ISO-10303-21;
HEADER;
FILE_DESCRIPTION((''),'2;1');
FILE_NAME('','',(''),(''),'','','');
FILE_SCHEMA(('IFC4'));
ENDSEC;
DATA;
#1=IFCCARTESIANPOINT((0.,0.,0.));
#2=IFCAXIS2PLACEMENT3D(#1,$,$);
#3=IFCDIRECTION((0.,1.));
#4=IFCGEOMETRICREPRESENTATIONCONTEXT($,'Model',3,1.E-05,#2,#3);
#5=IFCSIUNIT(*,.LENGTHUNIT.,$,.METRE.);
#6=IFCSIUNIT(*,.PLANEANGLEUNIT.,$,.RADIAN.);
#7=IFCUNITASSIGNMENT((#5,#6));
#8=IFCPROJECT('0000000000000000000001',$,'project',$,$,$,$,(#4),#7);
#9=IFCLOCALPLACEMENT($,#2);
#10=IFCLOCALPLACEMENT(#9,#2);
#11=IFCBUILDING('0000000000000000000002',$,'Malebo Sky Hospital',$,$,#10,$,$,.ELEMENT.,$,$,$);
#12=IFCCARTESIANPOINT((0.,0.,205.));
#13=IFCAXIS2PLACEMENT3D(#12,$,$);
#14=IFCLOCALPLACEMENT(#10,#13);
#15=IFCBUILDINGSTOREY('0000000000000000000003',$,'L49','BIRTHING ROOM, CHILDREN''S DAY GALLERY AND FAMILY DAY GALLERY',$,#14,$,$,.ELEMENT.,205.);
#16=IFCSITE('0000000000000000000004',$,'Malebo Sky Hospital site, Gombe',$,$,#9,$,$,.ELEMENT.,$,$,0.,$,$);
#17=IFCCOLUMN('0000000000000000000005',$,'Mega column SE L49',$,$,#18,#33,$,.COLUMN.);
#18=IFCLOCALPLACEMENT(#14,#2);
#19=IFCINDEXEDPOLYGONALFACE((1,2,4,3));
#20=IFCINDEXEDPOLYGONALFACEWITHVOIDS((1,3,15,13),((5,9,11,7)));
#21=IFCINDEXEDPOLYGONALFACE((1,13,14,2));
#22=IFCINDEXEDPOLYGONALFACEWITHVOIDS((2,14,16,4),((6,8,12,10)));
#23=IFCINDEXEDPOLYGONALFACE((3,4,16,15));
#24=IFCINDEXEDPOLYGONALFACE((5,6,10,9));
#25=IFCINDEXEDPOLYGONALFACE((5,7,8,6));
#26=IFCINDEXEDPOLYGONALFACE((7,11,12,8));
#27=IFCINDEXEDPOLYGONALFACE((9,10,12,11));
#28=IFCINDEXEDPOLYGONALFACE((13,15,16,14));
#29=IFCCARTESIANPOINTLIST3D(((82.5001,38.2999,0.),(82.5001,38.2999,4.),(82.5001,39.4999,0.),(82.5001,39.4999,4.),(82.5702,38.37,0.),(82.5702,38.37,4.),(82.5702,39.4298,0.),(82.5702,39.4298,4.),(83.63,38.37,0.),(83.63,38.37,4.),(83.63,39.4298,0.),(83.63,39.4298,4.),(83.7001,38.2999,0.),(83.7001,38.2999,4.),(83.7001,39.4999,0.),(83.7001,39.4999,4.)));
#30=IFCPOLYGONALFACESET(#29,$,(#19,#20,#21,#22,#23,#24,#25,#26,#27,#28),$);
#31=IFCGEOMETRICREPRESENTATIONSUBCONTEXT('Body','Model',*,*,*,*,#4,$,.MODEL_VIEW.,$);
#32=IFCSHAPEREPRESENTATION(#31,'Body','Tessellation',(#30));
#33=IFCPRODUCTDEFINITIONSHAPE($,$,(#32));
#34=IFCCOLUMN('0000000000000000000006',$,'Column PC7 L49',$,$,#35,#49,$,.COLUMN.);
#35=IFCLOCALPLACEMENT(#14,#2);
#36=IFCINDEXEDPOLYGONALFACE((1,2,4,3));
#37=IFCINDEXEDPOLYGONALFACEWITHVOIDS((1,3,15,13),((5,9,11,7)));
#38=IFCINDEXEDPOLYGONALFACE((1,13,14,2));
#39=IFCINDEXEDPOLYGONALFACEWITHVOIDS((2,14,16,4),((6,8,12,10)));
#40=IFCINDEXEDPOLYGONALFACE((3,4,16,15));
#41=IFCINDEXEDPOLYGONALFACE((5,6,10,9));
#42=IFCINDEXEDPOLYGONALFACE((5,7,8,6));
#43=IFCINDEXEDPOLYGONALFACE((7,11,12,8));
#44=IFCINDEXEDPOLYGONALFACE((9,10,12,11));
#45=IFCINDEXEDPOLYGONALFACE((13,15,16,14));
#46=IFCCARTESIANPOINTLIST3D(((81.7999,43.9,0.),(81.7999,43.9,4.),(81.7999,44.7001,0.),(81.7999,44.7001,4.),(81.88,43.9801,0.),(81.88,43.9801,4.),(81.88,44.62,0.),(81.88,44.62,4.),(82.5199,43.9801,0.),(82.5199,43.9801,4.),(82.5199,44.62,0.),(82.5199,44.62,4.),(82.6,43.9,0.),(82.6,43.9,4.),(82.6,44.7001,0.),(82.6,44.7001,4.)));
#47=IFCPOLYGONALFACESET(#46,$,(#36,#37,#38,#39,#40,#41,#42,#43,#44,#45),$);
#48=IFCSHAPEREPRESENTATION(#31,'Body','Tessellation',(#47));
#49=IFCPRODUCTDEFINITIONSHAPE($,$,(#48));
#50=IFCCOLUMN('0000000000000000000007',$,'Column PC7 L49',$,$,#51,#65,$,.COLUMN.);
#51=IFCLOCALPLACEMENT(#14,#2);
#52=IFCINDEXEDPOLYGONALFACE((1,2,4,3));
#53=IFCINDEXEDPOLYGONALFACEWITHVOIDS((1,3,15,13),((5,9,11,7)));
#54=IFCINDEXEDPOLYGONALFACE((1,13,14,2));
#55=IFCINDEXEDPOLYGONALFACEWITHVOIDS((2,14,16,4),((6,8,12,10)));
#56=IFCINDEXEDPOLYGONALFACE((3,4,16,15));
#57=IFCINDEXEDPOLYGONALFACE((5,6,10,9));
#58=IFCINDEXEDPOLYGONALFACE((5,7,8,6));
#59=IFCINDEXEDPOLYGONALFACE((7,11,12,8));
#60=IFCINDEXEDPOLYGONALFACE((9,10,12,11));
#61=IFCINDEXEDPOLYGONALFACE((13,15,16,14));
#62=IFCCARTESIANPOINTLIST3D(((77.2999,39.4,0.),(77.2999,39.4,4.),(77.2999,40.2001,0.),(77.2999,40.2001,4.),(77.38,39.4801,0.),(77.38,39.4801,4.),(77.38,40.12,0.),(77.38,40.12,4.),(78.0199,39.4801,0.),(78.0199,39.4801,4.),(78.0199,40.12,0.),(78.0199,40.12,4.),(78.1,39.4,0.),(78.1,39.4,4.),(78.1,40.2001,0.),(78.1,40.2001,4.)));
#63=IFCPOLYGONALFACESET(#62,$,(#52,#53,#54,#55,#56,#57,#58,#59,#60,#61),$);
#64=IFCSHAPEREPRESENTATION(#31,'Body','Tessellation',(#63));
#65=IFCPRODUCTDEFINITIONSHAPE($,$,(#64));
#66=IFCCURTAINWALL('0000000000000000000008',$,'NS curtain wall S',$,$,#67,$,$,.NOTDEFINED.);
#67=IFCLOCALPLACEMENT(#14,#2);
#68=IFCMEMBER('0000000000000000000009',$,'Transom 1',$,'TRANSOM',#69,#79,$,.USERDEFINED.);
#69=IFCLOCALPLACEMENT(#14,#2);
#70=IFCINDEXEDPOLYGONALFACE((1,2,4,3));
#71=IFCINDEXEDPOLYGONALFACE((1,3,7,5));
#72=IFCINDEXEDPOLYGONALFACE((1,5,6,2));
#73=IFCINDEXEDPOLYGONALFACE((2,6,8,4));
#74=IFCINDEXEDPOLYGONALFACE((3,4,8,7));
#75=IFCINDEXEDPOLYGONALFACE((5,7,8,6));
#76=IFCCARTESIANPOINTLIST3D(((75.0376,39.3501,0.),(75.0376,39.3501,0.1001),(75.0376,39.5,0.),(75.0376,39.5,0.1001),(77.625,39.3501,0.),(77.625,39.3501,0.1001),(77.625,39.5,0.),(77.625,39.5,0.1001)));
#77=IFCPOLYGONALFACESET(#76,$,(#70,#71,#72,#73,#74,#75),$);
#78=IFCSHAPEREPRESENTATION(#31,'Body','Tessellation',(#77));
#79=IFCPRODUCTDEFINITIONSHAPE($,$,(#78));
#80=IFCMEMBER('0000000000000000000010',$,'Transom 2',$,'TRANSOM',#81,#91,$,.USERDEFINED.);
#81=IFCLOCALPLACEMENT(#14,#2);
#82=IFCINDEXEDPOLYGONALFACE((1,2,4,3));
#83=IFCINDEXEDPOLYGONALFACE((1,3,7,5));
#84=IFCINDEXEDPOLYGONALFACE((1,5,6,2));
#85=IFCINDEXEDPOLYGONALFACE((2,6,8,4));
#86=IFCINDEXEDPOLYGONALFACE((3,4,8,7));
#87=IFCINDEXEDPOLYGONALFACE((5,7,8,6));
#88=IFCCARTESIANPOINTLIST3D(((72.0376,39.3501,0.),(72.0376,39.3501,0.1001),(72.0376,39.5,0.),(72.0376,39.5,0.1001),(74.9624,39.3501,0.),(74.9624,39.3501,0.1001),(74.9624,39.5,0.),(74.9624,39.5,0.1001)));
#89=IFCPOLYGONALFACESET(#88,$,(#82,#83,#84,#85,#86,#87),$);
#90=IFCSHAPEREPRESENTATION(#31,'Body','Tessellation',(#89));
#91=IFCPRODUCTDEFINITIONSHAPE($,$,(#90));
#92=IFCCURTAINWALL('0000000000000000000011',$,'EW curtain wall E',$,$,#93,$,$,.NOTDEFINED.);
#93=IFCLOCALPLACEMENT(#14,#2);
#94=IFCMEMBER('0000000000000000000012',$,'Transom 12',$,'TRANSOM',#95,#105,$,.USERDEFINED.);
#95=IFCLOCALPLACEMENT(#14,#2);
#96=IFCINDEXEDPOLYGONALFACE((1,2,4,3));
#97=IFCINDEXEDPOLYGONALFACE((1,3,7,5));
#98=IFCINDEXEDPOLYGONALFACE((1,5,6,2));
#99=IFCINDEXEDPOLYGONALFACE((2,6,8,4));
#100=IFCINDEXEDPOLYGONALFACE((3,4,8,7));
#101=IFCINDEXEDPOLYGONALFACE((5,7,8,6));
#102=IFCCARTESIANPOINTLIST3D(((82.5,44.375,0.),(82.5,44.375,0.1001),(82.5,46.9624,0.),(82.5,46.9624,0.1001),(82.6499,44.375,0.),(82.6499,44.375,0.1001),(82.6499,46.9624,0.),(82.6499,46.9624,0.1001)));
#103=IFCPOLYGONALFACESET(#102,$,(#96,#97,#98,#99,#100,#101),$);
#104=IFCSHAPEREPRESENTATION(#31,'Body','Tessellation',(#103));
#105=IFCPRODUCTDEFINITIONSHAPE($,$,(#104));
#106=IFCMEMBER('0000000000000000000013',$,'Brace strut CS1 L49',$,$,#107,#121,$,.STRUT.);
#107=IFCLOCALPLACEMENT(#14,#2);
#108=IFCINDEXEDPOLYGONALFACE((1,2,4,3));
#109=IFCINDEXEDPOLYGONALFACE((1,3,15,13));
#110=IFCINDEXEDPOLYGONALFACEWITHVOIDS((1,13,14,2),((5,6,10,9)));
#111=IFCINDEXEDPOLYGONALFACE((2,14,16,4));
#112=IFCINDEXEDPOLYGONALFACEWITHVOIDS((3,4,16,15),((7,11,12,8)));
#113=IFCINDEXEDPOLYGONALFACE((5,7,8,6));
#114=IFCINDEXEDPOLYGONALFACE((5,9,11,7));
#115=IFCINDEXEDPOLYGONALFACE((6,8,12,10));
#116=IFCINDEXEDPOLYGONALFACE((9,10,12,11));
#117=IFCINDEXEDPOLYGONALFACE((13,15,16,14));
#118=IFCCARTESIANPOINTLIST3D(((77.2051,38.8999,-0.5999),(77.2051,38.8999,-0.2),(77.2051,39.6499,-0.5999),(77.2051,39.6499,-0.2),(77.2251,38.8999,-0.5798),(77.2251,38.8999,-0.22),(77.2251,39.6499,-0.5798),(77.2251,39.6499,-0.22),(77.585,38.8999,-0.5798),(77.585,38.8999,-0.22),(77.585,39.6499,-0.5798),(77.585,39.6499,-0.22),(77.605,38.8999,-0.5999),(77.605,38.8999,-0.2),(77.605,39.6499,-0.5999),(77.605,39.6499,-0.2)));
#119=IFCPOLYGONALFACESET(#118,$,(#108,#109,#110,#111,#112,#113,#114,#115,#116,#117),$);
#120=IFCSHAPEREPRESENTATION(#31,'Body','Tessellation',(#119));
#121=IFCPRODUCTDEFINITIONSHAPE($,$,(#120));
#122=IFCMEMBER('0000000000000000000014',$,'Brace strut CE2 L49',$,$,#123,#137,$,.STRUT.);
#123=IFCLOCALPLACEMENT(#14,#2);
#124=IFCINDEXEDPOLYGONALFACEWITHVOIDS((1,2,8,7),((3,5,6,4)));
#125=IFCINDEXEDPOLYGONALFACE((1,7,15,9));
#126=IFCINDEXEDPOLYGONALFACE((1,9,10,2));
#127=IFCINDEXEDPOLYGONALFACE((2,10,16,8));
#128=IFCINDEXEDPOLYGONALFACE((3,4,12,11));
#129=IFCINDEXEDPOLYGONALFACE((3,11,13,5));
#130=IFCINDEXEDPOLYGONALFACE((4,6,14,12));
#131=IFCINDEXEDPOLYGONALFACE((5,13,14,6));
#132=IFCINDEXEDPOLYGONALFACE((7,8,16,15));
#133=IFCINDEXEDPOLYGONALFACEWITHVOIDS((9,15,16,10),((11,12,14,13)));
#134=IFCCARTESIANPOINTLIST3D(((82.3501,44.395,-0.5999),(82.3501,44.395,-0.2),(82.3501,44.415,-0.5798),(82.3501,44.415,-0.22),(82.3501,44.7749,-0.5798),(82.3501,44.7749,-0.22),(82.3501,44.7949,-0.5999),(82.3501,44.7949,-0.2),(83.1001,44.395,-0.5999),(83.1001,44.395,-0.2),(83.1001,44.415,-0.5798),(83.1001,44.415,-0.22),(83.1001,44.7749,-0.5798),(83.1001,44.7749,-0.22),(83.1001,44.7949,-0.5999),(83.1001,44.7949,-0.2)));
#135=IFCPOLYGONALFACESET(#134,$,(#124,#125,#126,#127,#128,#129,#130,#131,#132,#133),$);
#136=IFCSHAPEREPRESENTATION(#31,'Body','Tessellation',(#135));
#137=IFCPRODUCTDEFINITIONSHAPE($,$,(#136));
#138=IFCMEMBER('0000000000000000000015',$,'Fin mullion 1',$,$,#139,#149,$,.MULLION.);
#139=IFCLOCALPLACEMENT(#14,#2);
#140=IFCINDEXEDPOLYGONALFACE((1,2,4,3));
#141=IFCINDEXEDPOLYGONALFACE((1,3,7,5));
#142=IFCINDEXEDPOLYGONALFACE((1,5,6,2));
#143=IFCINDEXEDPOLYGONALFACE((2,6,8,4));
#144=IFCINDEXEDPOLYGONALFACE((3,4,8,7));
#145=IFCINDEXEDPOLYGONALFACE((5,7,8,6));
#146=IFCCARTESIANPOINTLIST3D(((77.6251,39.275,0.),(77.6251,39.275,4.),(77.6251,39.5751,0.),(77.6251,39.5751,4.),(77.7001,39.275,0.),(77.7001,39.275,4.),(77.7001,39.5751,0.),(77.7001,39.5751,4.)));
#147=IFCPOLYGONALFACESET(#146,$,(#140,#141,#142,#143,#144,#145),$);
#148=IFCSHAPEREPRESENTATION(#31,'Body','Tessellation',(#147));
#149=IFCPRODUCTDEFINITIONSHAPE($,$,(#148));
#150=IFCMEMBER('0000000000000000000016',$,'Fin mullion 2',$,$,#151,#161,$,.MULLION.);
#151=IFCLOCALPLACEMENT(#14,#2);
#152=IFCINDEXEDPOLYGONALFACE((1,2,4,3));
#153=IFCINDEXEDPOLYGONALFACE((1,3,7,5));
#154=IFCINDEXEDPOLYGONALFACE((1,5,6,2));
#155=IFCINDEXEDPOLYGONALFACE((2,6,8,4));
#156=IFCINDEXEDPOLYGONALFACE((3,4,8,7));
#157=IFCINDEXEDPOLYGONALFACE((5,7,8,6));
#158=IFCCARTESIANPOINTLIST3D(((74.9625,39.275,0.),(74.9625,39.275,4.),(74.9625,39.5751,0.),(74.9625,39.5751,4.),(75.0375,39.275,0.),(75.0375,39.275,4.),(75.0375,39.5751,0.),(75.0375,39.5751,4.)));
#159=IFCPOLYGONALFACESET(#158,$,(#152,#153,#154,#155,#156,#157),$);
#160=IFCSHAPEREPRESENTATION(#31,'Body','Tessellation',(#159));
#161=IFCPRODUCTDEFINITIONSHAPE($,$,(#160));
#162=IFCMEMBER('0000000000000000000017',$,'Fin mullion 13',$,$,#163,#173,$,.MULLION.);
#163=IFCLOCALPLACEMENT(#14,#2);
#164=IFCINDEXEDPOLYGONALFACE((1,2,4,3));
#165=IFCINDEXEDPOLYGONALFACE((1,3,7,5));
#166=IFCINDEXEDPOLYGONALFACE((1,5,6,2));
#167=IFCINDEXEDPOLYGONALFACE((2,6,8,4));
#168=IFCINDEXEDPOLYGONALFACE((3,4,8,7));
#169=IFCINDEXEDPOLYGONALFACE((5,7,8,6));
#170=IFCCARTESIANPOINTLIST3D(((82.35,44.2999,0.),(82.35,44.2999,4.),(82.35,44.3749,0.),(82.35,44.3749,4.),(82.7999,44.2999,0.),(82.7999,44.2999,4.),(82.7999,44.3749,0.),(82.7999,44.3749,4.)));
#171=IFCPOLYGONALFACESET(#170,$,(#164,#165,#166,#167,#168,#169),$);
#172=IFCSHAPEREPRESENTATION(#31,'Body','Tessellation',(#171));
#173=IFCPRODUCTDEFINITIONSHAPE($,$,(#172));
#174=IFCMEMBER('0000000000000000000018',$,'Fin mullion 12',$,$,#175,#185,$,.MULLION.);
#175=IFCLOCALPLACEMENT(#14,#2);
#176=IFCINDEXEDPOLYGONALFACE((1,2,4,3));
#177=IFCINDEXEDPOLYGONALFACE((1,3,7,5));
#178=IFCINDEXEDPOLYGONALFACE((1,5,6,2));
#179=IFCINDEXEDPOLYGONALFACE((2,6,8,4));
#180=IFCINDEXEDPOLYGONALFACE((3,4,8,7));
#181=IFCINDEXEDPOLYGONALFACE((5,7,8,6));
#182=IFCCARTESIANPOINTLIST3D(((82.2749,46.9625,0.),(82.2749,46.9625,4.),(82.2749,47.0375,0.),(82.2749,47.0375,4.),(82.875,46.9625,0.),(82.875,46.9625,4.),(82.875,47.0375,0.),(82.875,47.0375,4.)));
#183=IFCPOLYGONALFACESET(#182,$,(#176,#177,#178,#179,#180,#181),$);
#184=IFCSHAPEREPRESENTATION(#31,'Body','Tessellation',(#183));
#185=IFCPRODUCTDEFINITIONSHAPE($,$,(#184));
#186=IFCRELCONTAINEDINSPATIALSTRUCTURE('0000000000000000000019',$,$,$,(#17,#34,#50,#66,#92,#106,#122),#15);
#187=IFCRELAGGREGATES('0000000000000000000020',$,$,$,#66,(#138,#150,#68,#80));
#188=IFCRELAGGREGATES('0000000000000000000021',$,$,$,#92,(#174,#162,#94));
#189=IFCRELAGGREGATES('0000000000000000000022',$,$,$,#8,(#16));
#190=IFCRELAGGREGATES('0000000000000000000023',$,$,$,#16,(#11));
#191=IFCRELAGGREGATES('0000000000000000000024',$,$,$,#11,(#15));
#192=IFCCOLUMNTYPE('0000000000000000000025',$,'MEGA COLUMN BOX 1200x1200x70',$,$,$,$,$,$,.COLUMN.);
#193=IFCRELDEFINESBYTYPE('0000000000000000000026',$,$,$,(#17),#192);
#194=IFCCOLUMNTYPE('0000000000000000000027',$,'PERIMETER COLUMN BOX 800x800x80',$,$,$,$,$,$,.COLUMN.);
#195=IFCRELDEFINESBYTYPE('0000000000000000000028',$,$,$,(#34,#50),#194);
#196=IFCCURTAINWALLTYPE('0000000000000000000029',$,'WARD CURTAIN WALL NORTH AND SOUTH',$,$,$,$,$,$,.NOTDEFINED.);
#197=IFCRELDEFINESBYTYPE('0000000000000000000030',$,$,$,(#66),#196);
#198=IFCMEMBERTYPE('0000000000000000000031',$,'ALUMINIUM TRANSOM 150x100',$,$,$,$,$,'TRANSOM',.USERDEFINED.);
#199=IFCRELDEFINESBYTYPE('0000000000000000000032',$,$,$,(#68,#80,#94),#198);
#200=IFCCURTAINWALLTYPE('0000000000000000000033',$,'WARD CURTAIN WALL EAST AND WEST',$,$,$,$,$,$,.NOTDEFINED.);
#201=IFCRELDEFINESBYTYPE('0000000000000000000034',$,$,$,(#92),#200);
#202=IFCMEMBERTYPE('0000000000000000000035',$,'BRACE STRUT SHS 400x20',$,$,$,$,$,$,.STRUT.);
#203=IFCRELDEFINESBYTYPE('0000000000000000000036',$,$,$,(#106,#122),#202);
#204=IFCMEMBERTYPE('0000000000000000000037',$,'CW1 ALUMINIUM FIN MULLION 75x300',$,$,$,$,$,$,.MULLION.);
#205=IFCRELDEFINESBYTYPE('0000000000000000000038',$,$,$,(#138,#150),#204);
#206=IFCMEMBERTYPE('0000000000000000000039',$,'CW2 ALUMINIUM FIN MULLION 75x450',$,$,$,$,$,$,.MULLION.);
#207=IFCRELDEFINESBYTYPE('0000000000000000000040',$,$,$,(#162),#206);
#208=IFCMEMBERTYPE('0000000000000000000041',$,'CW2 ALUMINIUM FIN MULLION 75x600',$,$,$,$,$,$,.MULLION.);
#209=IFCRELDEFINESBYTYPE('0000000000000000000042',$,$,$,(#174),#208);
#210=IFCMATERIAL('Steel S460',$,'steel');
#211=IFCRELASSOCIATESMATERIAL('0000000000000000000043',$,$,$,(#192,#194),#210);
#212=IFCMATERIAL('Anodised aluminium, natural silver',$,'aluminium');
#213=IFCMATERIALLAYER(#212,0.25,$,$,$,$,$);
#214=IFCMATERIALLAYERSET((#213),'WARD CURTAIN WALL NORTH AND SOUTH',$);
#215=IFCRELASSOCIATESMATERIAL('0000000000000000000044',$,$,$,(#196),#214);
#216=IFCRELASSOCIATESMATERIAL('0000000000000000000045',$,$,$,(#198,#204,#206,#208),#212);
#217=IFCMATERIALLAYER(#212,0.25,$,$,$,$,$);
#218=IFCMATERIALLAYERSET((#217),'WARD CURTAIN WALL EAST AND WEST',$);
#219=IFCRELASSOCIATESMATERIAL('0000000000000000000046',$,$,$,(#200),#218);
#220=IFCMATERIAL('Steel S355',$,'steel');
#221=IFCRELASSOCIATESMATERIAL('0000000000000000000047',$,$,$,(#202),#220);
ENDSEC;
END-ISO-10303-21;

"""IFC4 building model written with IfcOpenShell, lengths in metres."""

from ifc_helpers import new_model, si_unit, direction, frame, origin, origin_2d, place, context, subcontext, project, spatial, rectangle, hollow_rectangle, extrude, material, layer, layer_set, material_profile, profile_set, type_object, element, aggregate, save


model = new_model("IFC4")

# Units and contexts
model_context = context("Model", 3, precision=1e-05, world=origin(), true_north=direction((0.0, 1.0)))
body_context = subcontext(model_context, "Body", "Model", "MODEL_VIEW")
ifc_project = project(units=[si_unit("LENGTHUNIT", "METRE"), si_unit("PLANEANGLEUNIT", "RADIAN")], contexts=[model_context])

# Site, building, storey
site_placement = place(None, origin())
site = spatial("IfcSite", under=ifc_project, at=site_placement, Name="Malebo Sky Hospital site, Gombe", CompositionType="ELEMENT", RefElevation=0.0)
building_placement = place(site_placement, origin())
building = spatial("IfcBuilding", under=site, at=building_placement, Name="Malebo Sky Hospital", CompositionType="ELEMENT")
storey_placement = place(building_placement, frame((0.0, 0.0, 205.0)))
storey = spatial("IfcBuildingStorey", under=building, at=storey_placement, Name="L49", Description="BIRTHING ROOM, CHILDREN'S DAY GALLERY AND FAMILY DAY GALLERY", CompositionType="ELEMENT", Elevation=205.0)

# Columns
ifc_material_1 = material(Name="Steel S460", Category="steel")
ifc_material_profile_1 = material_profile(ifc_material_1, hollow_rectangle(XDim=1.2, YDim=1.2, WallThickness=0.0701, at=origin_2d()), Name="BOX 1200x1200x70")
ifc_profile_set_1 = profile_set([ifc_material_profile_1], Name="Steel S460")
column_type_1 = type_object("IfcColumnType", Name="MEGA COLUMN BOX 1200x1200x70", PredefinedType="COLUMN", material=ifc_profile_set_1)
column_placement = place(storey_placement, frame((83.1001, 38.8999, 0.0), z_axis=(0.0, 0.0, 1.0), x_axis=(1.0, 0.0, 0.0)))
element("IfcColumn", 1, at=column_placement, inside=storey, type_object=column_type_1, Name="Mega column SE L49", PredefinedType="COLUMN", context=body_context, shape_type="SweptSolid", body=[
    extrude(hollow_rectangle(XDim=1.2, YDim=1.2, WallThickness=0.0701, at=origin_2d()), origin(), (0.0, 0.0, 1.0), 4.0),
])
ifc_material_profile_2 = material_profile(ifc_material_1, hollow_rectangle(XDim=0.8, YDim=0.8, WallThickness=0.0801, at=origin_2d()), Name="BOX 800x800x80")
ifc_profile_set_2 = profile_set([ifc_material_profile_2], Name="Steel S460")
column_type_2 = type_object("IfcColumnType", Name="PERIMETER COLUMN BOX 800x800x80", PredefinedType="COLUMN", material=ifc_profile_set_2)
for number, where, z_axis, x_axis, name in (
    (2, (82.2, 44.3, 0.0), (0.0, 0.0, 1.0), (1.0, 0.0, 0.0), "Column PC7 L49"),
    (3, (77.7, 39.8, 0.0), (0.0, 0.0, 1.0), (1.0, 0.0, 0.0), "Column PC7 L49"),
):
    element("IfcColumn", number, at=place(storey_placement, frame(where, z_axis=z_axis, x_axis=x_axis)), inside=storey, type_object=column_type_2, Name=name, PredefinedType="COLUMN", context=body_context, shape_type="SweptSolid", body=[
        extrude(hollow_rectangle(XDim=0.8, YDim=0.8, WallThickness=0.0801, at=origin_2d()), origin(), (0.0, 0.0, 1.0), 4.0),
    ])

# Curtain wall, members
ifc_material_2 = material(Name="Anodised aluminium, natural silver", Category="aluminium")
ifc_layer_1 = layer(ifc_material_2, 0.25)
ifc_layer_set_1 = layer_set([ifc_layer_1], Name="WARD CURTAIN WALL NORTH AND SOUTH")
curtain_wall_type_1 = type_object("IfcCurtainWallType", Name="WARD CURTAIN WALL NORTH AND SOUTH", PredefinedType="NOTDEFINED", material=ifc_layer_set_1)
curtain_wall_1_placement = place(storey_placement, origin())
curtain_wall_1 = element("IfcCurtainWall", 4, at=curtain_wall_1_placement, inside=storey, type_object=curtain_wall_type_1, Name="NS curtain wall S", PredefinedType="NOTDEFINED")
ifc_material_profile_3 = material_profile(ifc_material_2, rectangle(XDim=0.1499, YDim=0.1001, at=origin_2d()), Name="ALUMINIUM TRANSOM 150x100")
ifc_profile_set_3 = profile_set([ifc_material_profile_3], Name="Anodised aluminium, natural silver")
member_type_1 = type_object("IfcMemberType", Name="ALUMINIUM TRANSOM 150x100", ElementType="TRANSOM", PredefinedType="USERDEFINED", material=ifc_profile_set_3)
member_1_placement = place(storey_placement, frame((77.625, 39.425, 0.05), z_axis=(-1.0, 0.0, 0.0), x_axis=(0.0, -1.0, 0.0)))
member_1 = element("IfcMember", 5, at=member_1_placement, type_object=member_type_1, Name="Transom 1", ObjectType="TRANSOM", PredefinedType="USERDEFINED", context=body_context, shape_type="SweptSolid", body=[
    extrude(rectangle(XDim=0.1499, YDim=0.1001, at=origin_2d()), origin(), (0.0, 0.0, 1.0), 2.5874),
])
member_2_placement = place(storey_placement, frame((74.9624, 39.425, 0.05), z_axis=(-1.0, 0.0, 0.0), x_axis=(0.0, -1.0, 0.0)))
member_2 = element("IfcMember", 6, at=member_2_placement, type_object=member_type_1, Name="Transom 2", ObjectType="TRANSOM", PredefinedType="USERDEFINED", context=body_context, shape_type="SweptSolid", body=[
    extrude(rectangle(XDim=0.1499, YDim=0.1001, at=origin_2d()), origin(), (0.0, 0.0, 1.0), 2.9248),
])

# Curtain wall, member
ifc_layer_2 = layer(ifc_material_2, 0.25)
ifc_layer_set_2 = layer_set([ifc_layer_2], Name="WARD CURTAIN WALL EAST AND WEST")
curtain_wall_type_2 = type_object("IfcCurtainWallType", Name="WARD CURTAIN WALL EAST AND WEST", PredefinedType="NOTDEFINED", material=ifc_layer_set_2)
curtain_wall_2_placement = place(storey_placement, origin())
curtain_wall_2 = element("IfcCurtainWall", 7, at=curtain_wall_2_placement, inside=storey, type_object=curtain_wall_type_2, Name="EW curtain wall E", PredefinedType="NOTDEFINED")
member_3_placement = place(storey_placement, frame((82.575, 46.9624, 0.05), z_axis=(0.0, -1.0, 0.0), x_axis=(1.0, 0.0, 0.0)))
member_3 = element("IfcMember", 8, at=member_3_placement, type_object=member_type_1, Name="Transom 12", ObjectType="TRANSOM", PredefinedType="USERDEFINED", context=body_context, shape_type="SweptSolid", body=[
    extrude(rectangle(XDim=0.1499, YDim=0.1001, at=origin_2d()), origin(), (0.0, 0.0, 1.0), 2.5874),
])

# Members
ifc_material_3 = material(Name="Steel S355", Category="steel")
ifc_material_profile_4 = material_profile(ifc_material_3, hollow_rectangle(XDim=0.3999, YDim=0.3999, WallThickness=0.02, at=origin_2d()), Name="SHS 400x20")
ifc_profile_set_4 = profile_set([ifc_material_profile_4], Name="Steel S355")
member_type_2 = type_object("IfcMemberType", Name="BRACE STRUT SHS 400x20", PredefinedType="STRUT", material=ifc_profile_set_4)
for number, where, z_axis, x_axis, name in (
    (9, (77.405, 38.8999, -0.3999), (0.0, 1.0, 0.0), (-1.0, 0.0, 0.0), "Brace strut CS1 L49"),
    (10, (83.1001, 44.595, -0.3999), (-1.0, 0.0, 0.0), (0.0, -1.0, 0.0), "Brace strut CE2 L49"),
):
    element("IfcMember", number, at=place(storey_placement, frame(where, z_axis=z_axis, x_axis=x_axis)), inside=storey, type_object=member_type_2, Name=name, PredefinedType="STRUT", context=body_context, shape_type="SweptSolid", body=[
        extrude(hollow_rectangle(XDim=0.3999, YDim=0.3999, WallThickness=0.02, at=origin_2d()), origin(), (0.0, 0.0, 1.0), 0.75),
    ])

# Members
ifc_material_profile_5 = material_profile(ifc_material_2, rectangle(XDim=0.075, YDim=0.3, at=origin_2d()), Name="CW1 ALUMINIUM FIN MULLION 75x300")
ifc_profile_set_5 = profile_set([ifc_material_profile_5], Name="Anodised aluminium, natural silver")
member_type_3 = type_object("IfcMemberType", Name="CW1 ALUMINIUM FIN MULLION 75x300", PredefinedType="MULLION", material=ifc_profile_set_5)
member_4_placement = place(storey_placement, frame((77.6626, 39.425, 0.0), z_axis=(0.0, 0.0, 1.0), x_axis=(-1.0, 0.0, 0.0)))
member_4 = element("IfcMember", 11, at=member_4_placement, type_object=member_type_3, Name="Fin mullion 1", PredefinedType="MULLION", context=body_context, shape_type="SweptSolid", body=[
    extrude(rectangle(XDim=0.075, YDim=0.3, at=origin_2d()), origin(), (0.0, 0.0, 1.0), 4.0),
])
member_5_placement = place(storey_placement, frame((75.0, 39.425, 0.0), z_axis=(0.0, 0.0, 1.0), x_axis=(-1.0, 0.0, 0.0)))
member_5 = element("IfcMember", 12, at=member_5_placement, type_object=member_type_3, Name="Fin mullion 2", PredefinedType="MULLION", context=body_context, shape_type="SweptSolid", body=[
    extrude(rectangle(XDim=0.075, YDim=0.3, at=origin_2d()), origin(), (0.0, 0.0, 1.0), 4.0),
])
ifc_material_profile_6 = material_profile(ifc_material_2, rectangle(XDim=0.075, YDim=0.45, at=origin_2d()), Name="CW2 ALUMINIUM FIN MULLION 75x450")
ifc_profile_set_6 = profile_set([ifc_material_profile_6], Name="Anodised aluminium, natural silver")
member_type_4 = type_object("IfcMemberType", Name="CW2 ALUMINIUM FIN MULLION 75x450", PredefinedType="MULLION", material=ifc_profile_set_6)
member_6_placement = place(storey_placement, frame((82.575, 44.3374, 0.0), z_axis=(0.0, 0.0, 1.0), x_axis=(0.0, -1.0, 0.0)))
member_6 = element("IfcMember", 13, at=member_6_placement, type_object=member_type_4, Name="Fin mullion 13", PredefinedType="MULLION", context=body_context, shape_type="SweptSolid", body=[
    extrude(rectangle(XDim=0.075, YDim=0.45, at=origin_2d()), origin(), (0.0, 0.0, 1.0), 4.0),
])
ifc_material_profile_7 = material_profile(ifc_material_2, rectangle(XDim=0.075, YDim=0.6001, at=origin_2d()), Name="CW2 ALUMINIUM FIN MULLION 75x600")
ifc_profile_set_7 = profile_set([ifc_material_profile_7], Name="Anodised aluminium, natural silver")
member_type_5 = type_object("IfcMemberType", Name="CW2 ALUMINIUM FIN MULLION 75x600", PredefinedType="MULLION", material=ifc_profile_set_7)
member_7_placement = place(storey_placement, frame((82.575, 47.0, 0.0), z_axis=(0.0, 0.0, 1.0), x_axis=(0.0, -1.0, 0.0)))
member_7 = element("IfcMember", 14, at=member_7_placement, type_object=member_type_5, Name="Fin mullion 12", PredefinedType="MULLION", context=body_context, shape_type="SweptSolid", body=[
    extrude(rectangle(XDim=0.075, YDim=0.6001, at=origin_2d()), origin(), (0.0, 0.0, 1.0), 4.0),
])

aggregate(curtain_wall_1, [member_4, member_5, member_1, member_2])
aggregate(curtain_wall_2, [member_7, member_6, member_3])

save(model, "model.ifc")
